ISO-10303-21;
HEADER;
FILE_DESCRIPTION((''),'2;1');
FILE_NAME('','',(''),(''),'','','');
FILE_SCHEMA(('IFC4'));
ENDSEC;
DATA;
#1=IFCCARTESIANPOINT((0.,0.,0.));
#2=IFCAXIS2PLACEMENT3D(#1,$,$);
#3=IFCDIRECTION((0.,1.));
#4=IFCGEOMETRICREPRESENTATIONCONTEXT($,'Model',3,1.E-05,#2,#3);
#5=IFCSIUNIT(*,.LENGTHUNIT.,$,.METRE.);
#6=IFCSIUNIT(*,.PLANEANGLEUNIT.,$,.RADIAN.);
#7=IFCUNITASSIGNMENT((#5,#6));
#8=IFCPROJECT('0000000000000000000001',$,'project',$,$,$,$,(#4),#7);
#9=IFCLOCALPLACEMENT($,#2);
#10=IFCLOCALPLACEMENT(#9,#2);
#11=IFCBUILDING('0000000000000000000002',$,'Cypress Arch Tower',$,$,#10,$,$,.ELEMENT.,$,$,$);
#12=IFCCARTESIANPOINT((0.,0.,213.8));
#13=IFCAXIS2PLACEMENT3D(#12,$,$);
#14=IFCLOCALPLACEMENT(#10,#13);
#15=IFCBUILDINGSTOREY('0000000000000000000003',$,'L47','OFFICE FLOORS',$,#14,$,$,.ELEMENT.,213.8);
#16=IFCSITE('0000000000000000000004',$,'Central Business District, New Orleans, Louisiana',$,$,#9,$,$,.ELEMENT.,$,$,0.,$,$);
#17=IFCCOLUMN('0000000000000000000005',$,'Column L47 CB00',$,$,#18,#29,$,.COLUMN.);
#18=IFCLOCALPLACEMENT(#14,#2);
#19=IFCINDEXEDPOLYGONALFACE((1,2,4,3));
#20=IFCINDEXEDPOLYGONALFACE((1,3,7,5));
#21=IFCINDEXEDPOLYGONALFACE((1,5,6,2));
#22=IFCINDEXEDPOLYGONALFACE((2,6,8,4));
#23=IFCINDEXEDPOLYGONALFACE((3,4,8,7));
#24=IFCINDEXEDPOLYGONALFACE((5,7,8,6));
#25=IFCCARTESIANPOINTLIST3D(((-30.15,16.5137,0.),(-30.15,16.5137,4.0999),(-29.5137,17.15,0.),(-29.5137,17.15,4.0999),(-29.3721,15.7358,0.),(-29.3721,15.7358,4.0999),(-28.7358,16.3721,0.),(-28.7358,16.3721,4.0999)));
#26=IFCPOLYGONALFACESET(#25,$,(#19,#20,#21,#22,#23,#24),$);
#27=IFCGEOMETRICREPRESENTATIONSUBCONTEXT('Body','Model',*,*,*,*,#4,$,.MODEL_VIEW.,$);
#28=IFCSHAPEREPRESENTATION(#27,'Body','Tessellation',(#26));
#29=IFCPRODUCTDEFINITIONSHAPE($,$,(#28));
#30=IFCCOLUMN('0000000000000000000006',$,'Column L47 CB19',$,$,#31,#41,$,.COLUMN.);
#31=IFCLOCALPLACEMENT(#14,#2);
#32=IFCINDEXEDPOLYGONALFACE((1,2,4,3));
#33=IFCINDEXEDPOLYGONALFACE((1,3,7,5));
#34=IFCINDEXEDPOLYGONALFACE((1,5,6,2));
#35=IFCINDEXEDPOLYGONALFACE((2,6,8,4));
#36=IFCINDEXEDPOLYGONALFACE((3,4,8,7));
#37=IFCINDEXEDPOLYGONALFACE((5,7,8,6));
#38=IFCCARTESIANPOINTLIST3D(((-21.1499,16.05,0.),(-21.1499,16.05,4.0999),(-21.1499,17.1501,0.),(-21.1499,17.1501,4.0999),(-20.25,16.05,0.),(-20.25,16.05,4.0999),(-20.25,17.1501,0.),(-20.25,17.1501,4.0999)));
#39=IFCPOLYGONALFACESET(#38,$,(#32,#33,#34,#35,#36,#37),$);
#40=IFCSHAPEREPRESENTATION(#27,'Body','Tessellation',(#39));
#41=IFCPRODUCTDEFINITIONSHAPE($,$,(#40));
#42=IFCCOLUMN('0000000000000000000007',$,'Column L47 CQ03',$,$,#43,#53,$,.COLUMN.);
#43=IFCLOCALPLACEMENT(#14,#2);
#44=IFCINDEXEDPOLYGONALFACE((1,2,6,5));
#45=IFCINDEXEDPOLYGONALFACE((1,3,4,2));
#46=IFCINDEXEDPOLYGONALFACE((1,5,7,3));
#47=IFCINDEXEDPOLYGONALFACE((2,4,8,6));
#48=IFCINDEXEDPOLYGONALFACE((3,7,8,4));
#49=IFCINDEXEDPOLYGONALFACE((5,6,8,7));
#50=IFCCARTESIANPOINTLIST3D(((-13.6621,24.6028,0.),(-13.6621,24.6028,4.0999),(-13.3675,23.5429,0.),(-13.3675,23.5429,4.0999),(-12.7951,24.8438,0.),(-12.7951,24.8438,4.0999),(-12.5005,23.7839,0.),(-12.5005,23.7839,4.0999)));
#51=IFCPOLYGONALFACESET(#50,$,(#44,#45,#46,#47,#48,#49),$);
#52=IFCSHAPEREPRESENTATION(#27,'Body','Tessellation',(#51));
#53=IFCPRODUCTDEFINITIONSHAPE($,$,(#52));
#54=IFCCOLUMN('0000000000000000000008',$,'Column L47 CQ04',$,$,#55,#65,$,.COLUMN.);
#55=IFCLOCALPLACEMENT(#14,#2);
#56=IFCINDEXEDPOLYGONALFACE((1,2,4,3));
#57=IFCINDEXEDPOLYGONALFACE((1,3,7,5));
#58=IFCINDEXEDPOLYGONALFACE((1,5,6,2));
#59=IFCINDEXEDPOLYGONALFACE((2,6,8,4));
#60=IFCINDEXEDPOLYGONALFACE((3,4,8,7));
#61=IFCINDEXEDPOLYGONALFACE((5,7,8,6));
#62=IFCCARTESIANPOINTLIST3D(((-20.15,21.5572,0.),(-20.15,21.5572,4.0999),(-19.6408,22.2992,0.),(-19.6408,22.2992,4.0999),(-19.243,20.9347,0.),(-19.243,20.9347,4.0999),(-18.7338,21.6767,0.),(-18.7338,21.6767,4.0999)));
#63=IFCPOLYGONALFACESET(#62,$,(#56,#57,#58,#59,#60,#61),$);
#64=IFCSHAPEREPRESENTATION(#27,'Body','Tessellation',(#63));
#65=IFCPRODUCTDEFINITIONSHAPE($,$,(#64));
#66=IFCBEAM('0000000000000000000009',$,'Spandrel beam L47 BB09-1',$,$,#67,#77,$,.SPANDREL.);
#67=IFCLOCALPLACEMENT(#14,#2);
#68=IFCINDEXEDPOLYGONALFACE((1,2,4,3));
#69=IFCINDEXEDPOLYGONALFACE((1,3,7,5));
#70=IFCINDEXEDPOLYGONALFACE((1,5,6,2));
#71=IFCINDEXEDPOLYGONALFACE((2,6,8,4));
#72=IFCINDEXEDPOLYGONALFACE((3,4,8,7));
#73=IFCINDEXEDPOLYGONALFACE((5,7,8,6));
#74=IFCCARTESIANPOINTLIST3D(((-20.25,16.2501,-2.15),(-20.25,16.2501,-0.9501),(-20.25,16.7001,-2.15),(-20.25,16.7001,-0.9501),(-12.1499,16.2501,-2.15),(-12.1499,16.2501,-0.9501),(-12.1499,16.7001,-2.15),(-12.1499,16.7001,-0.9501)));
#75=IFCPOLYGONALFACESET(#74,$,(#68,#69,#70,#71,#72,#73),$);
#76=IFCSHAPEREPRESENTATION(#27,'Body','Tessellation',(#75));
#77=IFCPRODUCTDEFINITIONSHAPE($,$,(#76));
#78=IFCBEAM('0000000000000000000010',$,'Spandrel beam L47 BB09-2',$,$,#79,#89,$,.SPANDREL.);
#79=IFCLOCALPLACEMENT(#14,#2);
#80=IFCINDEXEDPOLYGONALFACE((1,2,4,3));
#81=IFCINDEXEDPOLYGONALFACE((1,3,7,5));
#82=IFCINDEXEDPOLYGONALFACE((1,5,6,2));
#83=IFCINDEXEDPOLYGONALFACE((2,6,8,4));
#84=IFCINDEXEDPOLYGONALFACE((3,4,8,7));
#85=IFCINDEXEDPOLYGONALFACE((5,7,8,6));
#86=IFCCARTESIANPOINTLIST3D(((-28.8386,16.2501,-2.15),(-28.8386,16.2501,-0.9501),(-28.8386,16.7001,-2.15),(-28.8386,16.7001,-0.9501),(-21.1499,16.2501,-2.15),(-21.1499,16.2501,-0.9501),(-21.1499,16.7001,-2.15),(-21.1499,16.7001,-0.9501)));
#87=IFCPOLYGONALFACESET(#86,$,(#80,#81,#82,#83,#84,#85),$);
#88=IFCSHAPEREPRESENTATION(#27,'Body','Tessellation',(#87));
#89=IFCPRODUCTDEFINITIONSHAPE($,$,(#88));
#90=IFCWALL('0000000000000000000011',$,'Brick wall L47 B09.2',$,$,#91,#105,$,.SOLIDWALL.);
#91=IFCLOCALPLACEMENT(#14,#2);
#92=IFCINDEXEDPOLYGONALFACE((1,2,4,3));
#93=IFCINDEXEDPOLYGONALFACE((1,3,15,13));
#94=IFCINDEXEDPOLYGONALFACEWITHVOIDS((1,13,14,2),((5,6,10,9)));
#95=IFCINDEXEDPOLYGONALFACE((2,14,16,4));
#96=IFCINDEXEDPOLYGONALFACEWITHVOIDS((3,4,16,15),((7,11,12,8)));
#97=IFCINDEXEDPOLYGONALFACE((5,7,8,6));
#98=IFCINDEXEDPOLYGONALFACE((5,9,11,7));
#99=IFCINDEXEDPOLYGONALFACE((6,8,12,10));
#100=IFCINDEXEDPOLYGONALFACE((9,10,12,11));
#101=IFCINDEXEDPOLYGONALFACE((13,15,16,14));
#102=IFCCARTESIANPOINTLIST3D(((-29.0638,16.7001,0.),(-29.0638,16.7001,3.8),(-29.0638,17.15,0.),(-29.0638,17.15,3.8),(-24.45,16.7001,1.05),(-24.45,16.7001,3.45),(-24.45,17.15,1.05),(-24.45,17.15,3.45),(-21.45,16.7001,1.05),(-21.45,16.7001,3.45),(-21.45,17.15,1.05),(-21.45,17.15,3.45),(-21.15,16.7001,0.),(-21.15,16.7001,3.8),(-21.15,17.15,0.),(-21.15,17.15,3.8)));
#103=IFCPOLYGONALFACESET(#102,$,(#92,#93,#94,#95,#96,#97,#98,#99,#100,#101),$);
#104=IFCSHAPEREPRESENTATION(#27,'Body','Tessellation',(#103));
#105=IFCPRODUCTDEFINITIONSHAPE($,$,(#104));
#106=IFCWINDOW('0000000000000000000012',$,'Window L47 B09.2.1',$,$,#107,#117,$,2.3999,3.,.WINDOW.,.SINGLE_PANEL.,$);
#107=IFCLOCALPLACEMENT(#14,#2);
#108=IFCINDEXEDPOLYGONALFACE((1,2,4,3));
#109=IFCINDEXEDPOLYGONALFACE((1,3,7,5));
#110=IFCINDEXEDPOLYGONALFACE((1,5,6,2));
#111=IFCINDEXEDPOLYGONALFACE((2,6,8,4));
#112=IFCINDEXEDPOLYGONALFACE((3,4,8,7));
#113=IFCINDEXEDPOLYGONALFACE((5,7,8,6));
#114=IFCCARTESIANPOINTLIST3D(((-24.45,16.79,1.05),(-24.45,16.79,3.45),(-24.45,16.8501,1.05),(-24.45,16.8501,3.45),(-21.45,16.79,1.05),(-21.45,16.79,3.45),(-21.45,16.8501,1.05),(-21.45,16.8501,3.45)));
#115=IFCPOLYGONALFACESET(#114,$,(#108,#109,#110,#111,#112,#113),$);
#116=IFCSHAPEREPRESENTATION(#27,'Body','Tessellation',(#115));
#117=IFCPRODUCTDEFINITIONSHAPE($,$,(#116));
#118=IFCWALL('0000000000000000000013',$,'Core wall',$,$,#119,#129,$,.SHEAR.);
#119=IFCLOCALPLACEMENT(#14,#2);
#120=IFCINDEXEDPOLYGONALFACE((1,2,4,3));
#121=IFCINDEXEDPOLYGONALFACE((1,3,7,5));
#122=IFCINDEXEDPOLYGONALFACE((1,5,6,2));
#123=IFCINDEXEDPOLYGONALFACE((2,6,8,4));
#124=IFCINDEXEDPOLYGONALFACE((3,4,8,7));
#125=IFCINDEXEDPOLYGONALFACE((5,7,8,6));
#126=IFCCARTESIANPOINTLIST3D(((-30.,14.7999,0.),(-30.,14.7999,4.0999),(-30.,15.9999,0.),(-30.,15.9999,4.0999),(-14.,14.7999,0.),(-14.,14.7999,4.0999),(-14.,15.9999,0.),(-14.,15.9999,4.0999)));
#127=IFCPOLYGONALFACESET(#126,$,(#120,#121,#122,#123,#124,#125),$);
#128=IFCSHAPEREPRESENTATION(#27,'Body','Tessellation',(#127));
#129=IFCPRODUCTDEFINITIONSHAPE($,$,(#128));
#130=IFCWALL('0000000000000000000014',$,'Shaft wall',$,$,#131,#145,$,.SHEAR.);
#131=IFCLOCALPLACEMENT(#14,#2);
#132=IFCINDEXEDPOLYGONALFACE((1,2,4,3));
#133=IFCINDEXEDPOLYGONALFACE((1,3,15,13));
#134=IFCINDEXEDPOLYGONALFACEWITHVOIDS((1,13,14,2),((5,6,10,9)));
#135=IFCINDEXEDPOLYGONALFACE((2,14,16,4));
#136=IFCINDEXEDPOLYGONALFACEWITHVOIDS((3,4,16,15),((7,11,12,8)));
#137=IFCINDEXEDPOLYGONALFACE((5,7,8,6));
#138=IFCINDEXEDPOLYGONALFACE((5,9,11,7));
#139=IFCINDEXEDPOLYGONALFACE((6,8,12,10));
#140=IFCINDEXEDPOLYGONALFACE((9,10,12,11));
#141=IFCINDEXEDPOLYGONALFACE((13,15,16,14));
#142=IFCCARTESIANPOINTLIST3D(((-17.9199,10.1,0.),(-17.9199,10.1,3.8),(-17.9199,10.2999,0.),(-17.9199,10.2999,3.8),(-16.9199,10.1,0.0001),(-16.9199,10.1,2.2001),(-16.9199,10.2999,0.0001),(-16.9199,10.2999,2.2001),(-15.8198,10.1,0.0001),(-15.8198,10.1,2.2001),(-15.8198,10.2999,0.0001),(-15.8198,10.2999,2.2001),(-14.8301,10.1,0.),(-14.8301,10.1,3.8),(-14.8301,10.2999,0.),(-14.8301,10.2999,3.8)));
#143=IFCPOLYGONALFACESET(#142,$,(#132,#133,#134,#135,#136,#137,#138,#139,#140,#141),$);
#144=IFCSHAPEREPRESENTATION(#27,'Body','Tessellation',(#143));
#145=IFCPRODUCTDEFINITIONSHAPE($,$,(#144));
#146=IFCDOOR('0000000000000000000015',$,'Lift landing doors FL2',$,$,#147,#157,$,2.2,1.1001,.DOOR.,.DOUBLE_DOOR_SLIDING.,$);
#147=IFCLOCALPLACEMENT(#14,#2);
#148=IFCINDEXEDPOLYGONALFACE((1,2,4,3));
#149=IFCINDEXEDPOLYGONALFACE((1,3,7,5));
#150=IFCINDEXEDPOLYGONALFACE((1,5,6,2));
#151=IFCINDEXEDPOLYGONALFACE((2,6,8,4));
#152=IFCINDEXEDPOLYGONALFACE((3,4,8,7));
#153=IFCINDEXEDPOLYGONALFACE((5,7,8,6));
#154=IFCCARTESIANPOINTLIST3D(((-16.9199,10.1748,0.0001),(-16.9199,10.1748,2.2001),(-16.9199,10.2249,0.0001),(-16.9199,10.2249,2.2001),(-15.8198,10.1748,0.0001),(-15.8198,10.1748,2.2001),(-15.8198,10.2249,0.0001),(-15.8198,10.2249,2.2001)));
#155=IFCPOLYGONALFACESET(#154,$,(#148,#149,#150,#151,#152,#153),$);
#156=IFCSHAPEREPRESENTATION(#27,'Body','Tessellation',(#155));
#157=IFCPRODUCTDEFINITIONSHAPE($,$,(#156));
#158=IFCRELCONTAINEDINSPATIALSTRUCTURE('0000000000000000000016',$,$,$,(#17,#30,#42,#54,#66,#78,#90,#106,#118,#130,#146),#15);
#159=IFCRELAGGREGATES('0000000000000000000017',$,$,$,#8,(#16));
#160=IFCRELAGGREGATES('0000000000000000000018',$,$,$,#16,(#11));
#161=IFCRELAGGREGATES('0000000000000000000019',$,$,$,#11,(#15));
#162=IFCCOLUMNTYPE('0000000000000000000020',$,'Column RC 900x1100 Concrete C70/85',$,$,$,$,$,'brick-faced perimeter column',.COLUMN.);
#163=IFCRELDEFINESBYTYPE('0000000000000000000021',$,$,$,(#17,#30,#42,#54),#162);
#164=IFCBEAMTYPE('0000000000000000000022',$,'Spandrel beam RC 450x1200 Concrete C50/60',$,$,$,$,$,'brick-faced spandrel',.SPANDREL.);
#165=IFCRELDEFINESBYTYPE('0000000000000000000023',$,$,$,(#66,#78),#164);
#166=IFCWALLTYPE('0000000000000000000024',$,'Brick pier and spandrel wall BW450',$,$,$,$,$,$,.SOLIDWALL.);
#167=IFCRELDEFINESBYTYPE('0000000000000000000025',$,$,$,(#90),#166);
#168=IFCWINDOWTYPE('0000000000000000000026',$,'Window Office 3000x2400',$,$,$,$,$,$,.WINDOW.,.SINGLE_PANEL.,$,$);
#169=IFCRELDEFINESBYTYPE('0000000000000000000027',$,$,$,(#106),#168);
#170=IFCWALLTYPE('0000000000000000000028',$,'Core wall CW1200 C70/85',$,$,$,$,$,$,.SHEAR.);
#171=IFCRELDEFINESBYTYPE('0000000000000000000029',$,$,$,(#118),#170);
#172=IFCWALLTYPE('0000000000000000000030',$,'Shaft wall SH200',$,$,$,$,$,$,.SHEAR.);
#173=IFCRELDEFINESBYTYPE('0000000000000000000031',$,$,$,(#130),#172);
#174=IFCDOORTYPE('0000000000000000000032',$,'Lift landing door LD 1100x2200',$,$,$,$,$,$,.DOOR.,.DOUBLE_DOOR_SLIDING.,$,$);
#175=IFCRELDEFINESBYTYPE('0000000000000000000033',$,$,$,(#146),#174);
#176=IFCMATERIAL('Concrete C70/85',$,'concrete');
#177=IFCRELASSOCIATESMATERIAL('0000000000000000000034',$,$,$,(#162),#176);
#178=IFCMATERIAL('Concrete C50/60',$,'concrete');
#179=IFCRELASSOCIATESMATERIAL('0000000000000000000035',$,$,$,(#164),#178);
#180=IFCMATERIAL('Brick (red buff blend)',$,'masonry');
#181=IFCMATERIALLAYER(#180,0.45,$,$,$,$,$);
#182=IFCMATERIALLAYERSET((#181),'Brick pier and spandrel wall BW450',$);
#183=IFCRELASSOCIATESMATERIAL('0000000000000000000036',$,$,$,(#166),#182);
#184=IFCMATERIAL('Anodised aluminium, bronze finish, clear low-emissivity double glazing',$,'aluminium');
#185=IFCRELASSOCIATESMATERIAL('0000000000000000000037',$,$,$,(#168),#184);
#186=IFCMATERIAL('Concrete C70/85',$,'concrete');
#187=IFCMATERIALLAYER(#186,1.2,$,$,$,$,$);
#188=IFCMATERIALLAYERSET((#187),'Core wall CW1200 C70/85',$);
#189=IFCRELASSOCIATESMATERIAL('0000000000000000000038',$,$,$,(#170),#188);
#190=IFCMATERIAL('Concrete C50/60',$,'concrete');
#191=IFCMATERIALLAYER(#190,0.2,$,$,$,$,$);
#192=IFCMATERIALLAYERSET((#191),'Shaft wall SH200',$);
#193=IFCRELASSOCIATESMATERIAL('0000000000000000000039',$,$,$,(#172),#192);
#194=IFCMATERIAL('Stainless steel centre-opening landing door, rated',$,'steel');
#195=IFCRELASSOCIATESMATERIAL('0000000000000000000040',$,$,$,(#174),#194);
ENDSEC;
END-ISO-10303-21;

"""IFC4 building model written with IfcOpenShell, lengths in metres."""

from ifc_helpers import new_model, si_unit, direction, frame, frame_2d, origin, origin_2d, place, context, subcontext, project, spatial, rectangle, extrude, material, layer, layer_set, material_profile, profile_set, type_object, element, fill, save


model = new_model("IFC4")

# Units and contexts
model_context = context("Model", 3, precision=1e-05, world=origin(), true_north=direction((0.0, 1.0)))
body_context = subcontext(model_context, "Body", "Model", "MODEL_VIEW")
ifc_project = project(units=[si_unit("LENGTHUNIT", "METRE"), si_unit("PLANEANGLEUNIT", "RADIAN")], contexts=[model_context])

# Site, building, storey
site_placement = place(None, origin())
site = spatial("IfcSite", under=ifc_project, at=site_placement, Name="Central Business District, New Orleans, Louisiana", CompositionType="ELEMENT", RefElevation=0.0)
building_placement = place(site_placement, origin())
building = spatial("IfcBuilding", under=site, at=building_placement, Name="Cypress Arch Tower", CompositionType="ELEMENT")
storey_placement = place(building_placement, frame((0.0, 0.0, 213.8)))
storey = spatial("IfcBuildingStorey", under=building, at=storey_placement, Name="L47", Description="OFFICE FLOORS", CompositionType="ELEMENT", Elevation=213.8)

# Columns
ifc_material_1 = material(Name="Concrete C70/85", Category="concrete")
ifc_material_profile_1 = material_profile(ifc_material_1, rectangle(XDim=0.8999, YDim=1.1001, at=origin_2d()), Name="RC 900x1100")
ifc_profile_set_1 = profile_set([ifc_material_profile_1], Name="Concrete C70/85")
column_type = type_object("IfcColumnType", Name="Column RC 900x1100 Concrete C70/85", ElementType="brick-faced perimeter column", PredefinedType="COLUMN", material=ifc_profile_set_1)
for number, where, z_axis, x_axis, name in (
    (1, (-29.4429, 16.4429, 0.0), (0.0, 0.0, 1.0), (-0.707107, -0.707107, 0.0), "Column L47 CB00"),
    (2, (-20.7, 16.6001, 0.0), (0.0, 0.0, 1.0), (-1.0, 0.0, 0.0), "Column L47 CB19"),
    (3, (-13.0813, 24.1934, 0.0), (0.0, 0.0, 1.0), (-0.963456, -0.267868, 0.0), "Column L47 CQ03"),
    (4, (-19.4419, 21.6169, 0.0), (0.0, 0.0, 1.0), (-0.565893, -0.824479, 0.0), "Column L47 CQ04"),
):
    element("IfcColumn", number, at=place(storey_placement, frame(where, z_axis=z_axis, x_axis=x_axis)), inside=storey, type_object=column_type, Name=name, PredefinedType="COLUMN", context=body_context, shape_type="SweptSolid", body=[
        extrude(rectangle(XDim=0.8999, YDim=1.1001, at=origin_2d()), origin(), (0.0, 0.0, 1.0), 4.0999),
    ])

# Beams
ifc_material_2 = material(Name="Concrete C50/60", Category="concrete")
ifc_material_profile_2 = material_profile(ifc_material_2, rectangle(XDim=0.45, YDim=1.2, at=origin_2d()), Name="RC 450x1200")
ifc_profile_set_2 = profile_set([ifc_material_profile_2], Name="Concrete C50/60")
beam_type = type_object("IfcBeamType", Name="Spandrel beam RC 450x1200 Concrete C50/60", ElementType="brick-faced spandrel", PredefinedType="SPANDREL", material=ifc_profile_set_2)
beam_1_placement = place(storey_placement, frame((-12.1499, 16.4751, -1.55), z_axis=(-1.0, 0.0, 0.0), x_axis=(0.0, -1.0, 0.0)))
element("IfcBeam", 5, at=beam_1_placement, inside=storey, type_object=beam_type, Name="Spandrel beam L47 BB09-1", PredefinedType="SPANDREL", context=body_context, shape_type="SweptSolid", body=[
    extrude(rectangle(XDim=0.45, YDim=1.2, at=origin_2d()), origin(), (0.0, 0.0, 1.0), 8.1001),
])
beam_2_placement = place(storey_placement, frame((-21.1499, 16.4751, -1.55), z_axis=(-1.0, 0.0, 0.0), x_axis=(0.0, -1.0, 0.0)))
element("IfcBeam", 6, at=beam_2_placement, inside=storey, type_object=beam_type, Name="Spandrel beam L47 BB09-2", PredefinedType="SPANDREL", context=body_context, shape_type="SweptSolid", body=[
    extrude(rectangle(XDim=0.45, YDim=1.2, at=origin_2d()), origin(), (0.0, 0.0, 1.0), 7.6887),
])

# Wall, opening, window
ifc_material_3 = material(Name="Brick (red buff blend)", Category="masonry")
ifc_layer_1 = layer(ifc_material_3, 0.45)
ifc_layer_set_1 = layer_set([ifc_layer_1], Name="Brick pier and spandrel wall BW450")
wall_type_1 = type_object("IfcWallType", Name="Brick pier and spandrel wall BW450", PredefinedType="SOLIDWALL", material=ifc_layer_set_1)
wall_1_placement = place(storey_placement, frame((-21.1499, 16.925, 0.0), z_axis=(0.0, 0.0, 1.0), x_axis=(-1.0, 0.0, 0.0)))
wall_1 = element("IfcWall", 7, at=wall_1_placement, inside=storey, type_object=wall_type_1, Name="Brick wall L47 B09.2", PredefinedType="SOLIDWALL", context=body_context, shape_type="SweptSolid", body=[
    extrude(rectangle(XDim=7.9138, YDim=0.45, at=frame_2d((3.957, 0.0))), origin(), (0.0, 0.0, 1.0), 3.8),
])
opening_1_placement = place(wall_1_placement, frame((0.3, 0.0, 1.05)))
opening_1 = element("IfcOpeningElement", 8, at=opening_1_placement, cuts=wall_1, PredefinedType="OPENING", context=body_context, shape_type="SweptSolid", body=[
    extrude(rectangle(XDim=3.0, YDim=2.3999, at=frame_2d((1.5, 1.2))), frame((0.0, 0.2349, 0.0), z_axis=(0.0, -1.0, 0.0), x_axis=(1.0, 0.0, 0.0)), (0.0, 0.0, 1.0), 0.47),
])
ifc_material_4 = material(Name="Anodised aluminium, bronze finish, clear low-emissivity double glazing", Category="aluminium")
window_type = type_object("IfcWindowType", Name="Window Office 3000x2400", PartitioningType="SINGLE_PANEL", PredefinedType="WINDOW", material=ifc_material_4)
window_placement = place(opening_1_placement, origin())
window = element("IfcWindow", 9, at=window_placement, inside=storey, type_object=window_type, Name="Window L47 B09.2.1", OverallHeight=2.3999, OverallWidth=3.0, PartitioningType="SINGLE_PANEL", PredefinedType="WINDOW", context=body_context, shape_type="SweptSolid", body=[
    extrude(rectangle(XDim=3.0, YDim=2.3999, at=frame_2d((1.5, 1.2))), frame((0.0, 0.135, 0.0), z_axis=(0.0, -1.0, 0.0), x_axis=(1.0, 0.0, 0.0)), (0.0, 0.0, 1.0), 0.0601),
])
fill(opening_1, window)

# Wall
ifc_material_5 = material(Name="Concrete C70/85", Category="concrete")
ifc_layer_2 = layer(ifc_material_5, 1.2)
ifc_layer_set_2 = layer_set([ifc_layer_2], Name="Core wall CW1200 C70/85")
wall_type_2 = type_object("IfcWallType", Name="Core wall CW1200 C70/85", PredefinedType="SHEAR", material=ifc_layer_set_2)
wall_2_placement = place(storey_placement, frame((-30.0, 15.3999, 0.0), z_axis=(0.0, 0.0, 1.0), x_axis=(1.0, 0.0, 0.0)))
element("IfcWall", 10, at=wall_2_placement, inside=storey, type_object=wall_type_2, Name="Core wall", PredefinedType="SHEAR", context=body_context, shape_type="SweptSolid", body=[
    extrude(rectangle(XDim=16.0, YDim=1.2, at=frame_2d((8.0, 0.0))), origin(), (0.0, 0.0, 1.0), 4.0999),
])

# Wall, opening, door
ifc_material_6 = material(Name="Concrete C50/60", Category="concrete")
ifc_layer_3 = layer(ifc_material_6, 0.2)
ifc_layer_set_3 = layer_set([ifc_layer_3], Name="Shaft wall SH200")
wall_type_3 = type_object("IfcWallType", Name="Shaft wall SH200", PredefinedType="SHEAR", material=ifc_layer_set_3)
wall_3_placement = place(storey_placement, frame((-17.9199, 10.2, 0.0), z_axis=(0.0, 0.0, 1.0), x_axis=(1.0, 0.0, 0.0)))
wall_3 = element("IfcWall", 11, at=wall_3_placement, inside=storey, type_object=wall_type_3, Name="Shaft wall", PredefinedType="SHEAR", context=body_context, shape_type="SweptSolid", body=[
    extrude(rectangle(XDim=3.0898, YDim=0.2, at=frame_2d((1.5449, 0.0))), origin(), (0.0, 0.0, 1.0), 3.8),
])
opening_2_placement = place(wall_3_placement, frame((1.0, 0.0, 0.0)))
opening_2 = element("IfcOpeningElement", 12, at=opening_2_placement, cuts=wall_3, PredefinedType="OPENING", context=body_context, shape_type="SweptSolid", body=[
    extrude(rectangle(XDim=1.1001, YDim=2.2, at=frame_2d((0.55, 1.1001))), frame((0.0, 0.1099, 0.0), z_axis=(0.0, -1.0, 0.0), x_axis=(1.0, 0.0, 0.0)), (0.0, 0.0, 1.0), 0.22),
])
ifc_material_7 = material(Name="Stainless steel centre-opening landing door, rated", Category="steel")
door_type_1 = type_object("IfcDoorType", Name="Lift landing door LD 1100x2200", OperationType="DOUBLE_DOOR_SLIDING", PredefinedType="DOOR", material=ifc_material_7)
door_1_placement = place(opening_2_placement, origin())
door_1 = element("IfcDoor", 13, at=door_1_placement, inside=storey, type_object=door_type_1, Name="Lift landing doors FL2", OperationType="DOUBLE_DOOR_SLIDING", OverallHeight=2.2, OverallWidth=1.1001, PredefinedType="DOOR", context=body_context, shape_type="SweptSolid", body=[
    extrude(rectangle(XDim=1.1001, YDim=2.2, at=frame_2d((0.55, 1.1001))), frame((0.0, 0.0249, 0.0), z_axis=(0.0, -1.0, 0.0), x_axis=(1.0, 0.0, 0.0)), (0.0, 0.0, 1.0), 0.05),
])
fill(opening_2, door_1)

save(model, "model.ifc")
